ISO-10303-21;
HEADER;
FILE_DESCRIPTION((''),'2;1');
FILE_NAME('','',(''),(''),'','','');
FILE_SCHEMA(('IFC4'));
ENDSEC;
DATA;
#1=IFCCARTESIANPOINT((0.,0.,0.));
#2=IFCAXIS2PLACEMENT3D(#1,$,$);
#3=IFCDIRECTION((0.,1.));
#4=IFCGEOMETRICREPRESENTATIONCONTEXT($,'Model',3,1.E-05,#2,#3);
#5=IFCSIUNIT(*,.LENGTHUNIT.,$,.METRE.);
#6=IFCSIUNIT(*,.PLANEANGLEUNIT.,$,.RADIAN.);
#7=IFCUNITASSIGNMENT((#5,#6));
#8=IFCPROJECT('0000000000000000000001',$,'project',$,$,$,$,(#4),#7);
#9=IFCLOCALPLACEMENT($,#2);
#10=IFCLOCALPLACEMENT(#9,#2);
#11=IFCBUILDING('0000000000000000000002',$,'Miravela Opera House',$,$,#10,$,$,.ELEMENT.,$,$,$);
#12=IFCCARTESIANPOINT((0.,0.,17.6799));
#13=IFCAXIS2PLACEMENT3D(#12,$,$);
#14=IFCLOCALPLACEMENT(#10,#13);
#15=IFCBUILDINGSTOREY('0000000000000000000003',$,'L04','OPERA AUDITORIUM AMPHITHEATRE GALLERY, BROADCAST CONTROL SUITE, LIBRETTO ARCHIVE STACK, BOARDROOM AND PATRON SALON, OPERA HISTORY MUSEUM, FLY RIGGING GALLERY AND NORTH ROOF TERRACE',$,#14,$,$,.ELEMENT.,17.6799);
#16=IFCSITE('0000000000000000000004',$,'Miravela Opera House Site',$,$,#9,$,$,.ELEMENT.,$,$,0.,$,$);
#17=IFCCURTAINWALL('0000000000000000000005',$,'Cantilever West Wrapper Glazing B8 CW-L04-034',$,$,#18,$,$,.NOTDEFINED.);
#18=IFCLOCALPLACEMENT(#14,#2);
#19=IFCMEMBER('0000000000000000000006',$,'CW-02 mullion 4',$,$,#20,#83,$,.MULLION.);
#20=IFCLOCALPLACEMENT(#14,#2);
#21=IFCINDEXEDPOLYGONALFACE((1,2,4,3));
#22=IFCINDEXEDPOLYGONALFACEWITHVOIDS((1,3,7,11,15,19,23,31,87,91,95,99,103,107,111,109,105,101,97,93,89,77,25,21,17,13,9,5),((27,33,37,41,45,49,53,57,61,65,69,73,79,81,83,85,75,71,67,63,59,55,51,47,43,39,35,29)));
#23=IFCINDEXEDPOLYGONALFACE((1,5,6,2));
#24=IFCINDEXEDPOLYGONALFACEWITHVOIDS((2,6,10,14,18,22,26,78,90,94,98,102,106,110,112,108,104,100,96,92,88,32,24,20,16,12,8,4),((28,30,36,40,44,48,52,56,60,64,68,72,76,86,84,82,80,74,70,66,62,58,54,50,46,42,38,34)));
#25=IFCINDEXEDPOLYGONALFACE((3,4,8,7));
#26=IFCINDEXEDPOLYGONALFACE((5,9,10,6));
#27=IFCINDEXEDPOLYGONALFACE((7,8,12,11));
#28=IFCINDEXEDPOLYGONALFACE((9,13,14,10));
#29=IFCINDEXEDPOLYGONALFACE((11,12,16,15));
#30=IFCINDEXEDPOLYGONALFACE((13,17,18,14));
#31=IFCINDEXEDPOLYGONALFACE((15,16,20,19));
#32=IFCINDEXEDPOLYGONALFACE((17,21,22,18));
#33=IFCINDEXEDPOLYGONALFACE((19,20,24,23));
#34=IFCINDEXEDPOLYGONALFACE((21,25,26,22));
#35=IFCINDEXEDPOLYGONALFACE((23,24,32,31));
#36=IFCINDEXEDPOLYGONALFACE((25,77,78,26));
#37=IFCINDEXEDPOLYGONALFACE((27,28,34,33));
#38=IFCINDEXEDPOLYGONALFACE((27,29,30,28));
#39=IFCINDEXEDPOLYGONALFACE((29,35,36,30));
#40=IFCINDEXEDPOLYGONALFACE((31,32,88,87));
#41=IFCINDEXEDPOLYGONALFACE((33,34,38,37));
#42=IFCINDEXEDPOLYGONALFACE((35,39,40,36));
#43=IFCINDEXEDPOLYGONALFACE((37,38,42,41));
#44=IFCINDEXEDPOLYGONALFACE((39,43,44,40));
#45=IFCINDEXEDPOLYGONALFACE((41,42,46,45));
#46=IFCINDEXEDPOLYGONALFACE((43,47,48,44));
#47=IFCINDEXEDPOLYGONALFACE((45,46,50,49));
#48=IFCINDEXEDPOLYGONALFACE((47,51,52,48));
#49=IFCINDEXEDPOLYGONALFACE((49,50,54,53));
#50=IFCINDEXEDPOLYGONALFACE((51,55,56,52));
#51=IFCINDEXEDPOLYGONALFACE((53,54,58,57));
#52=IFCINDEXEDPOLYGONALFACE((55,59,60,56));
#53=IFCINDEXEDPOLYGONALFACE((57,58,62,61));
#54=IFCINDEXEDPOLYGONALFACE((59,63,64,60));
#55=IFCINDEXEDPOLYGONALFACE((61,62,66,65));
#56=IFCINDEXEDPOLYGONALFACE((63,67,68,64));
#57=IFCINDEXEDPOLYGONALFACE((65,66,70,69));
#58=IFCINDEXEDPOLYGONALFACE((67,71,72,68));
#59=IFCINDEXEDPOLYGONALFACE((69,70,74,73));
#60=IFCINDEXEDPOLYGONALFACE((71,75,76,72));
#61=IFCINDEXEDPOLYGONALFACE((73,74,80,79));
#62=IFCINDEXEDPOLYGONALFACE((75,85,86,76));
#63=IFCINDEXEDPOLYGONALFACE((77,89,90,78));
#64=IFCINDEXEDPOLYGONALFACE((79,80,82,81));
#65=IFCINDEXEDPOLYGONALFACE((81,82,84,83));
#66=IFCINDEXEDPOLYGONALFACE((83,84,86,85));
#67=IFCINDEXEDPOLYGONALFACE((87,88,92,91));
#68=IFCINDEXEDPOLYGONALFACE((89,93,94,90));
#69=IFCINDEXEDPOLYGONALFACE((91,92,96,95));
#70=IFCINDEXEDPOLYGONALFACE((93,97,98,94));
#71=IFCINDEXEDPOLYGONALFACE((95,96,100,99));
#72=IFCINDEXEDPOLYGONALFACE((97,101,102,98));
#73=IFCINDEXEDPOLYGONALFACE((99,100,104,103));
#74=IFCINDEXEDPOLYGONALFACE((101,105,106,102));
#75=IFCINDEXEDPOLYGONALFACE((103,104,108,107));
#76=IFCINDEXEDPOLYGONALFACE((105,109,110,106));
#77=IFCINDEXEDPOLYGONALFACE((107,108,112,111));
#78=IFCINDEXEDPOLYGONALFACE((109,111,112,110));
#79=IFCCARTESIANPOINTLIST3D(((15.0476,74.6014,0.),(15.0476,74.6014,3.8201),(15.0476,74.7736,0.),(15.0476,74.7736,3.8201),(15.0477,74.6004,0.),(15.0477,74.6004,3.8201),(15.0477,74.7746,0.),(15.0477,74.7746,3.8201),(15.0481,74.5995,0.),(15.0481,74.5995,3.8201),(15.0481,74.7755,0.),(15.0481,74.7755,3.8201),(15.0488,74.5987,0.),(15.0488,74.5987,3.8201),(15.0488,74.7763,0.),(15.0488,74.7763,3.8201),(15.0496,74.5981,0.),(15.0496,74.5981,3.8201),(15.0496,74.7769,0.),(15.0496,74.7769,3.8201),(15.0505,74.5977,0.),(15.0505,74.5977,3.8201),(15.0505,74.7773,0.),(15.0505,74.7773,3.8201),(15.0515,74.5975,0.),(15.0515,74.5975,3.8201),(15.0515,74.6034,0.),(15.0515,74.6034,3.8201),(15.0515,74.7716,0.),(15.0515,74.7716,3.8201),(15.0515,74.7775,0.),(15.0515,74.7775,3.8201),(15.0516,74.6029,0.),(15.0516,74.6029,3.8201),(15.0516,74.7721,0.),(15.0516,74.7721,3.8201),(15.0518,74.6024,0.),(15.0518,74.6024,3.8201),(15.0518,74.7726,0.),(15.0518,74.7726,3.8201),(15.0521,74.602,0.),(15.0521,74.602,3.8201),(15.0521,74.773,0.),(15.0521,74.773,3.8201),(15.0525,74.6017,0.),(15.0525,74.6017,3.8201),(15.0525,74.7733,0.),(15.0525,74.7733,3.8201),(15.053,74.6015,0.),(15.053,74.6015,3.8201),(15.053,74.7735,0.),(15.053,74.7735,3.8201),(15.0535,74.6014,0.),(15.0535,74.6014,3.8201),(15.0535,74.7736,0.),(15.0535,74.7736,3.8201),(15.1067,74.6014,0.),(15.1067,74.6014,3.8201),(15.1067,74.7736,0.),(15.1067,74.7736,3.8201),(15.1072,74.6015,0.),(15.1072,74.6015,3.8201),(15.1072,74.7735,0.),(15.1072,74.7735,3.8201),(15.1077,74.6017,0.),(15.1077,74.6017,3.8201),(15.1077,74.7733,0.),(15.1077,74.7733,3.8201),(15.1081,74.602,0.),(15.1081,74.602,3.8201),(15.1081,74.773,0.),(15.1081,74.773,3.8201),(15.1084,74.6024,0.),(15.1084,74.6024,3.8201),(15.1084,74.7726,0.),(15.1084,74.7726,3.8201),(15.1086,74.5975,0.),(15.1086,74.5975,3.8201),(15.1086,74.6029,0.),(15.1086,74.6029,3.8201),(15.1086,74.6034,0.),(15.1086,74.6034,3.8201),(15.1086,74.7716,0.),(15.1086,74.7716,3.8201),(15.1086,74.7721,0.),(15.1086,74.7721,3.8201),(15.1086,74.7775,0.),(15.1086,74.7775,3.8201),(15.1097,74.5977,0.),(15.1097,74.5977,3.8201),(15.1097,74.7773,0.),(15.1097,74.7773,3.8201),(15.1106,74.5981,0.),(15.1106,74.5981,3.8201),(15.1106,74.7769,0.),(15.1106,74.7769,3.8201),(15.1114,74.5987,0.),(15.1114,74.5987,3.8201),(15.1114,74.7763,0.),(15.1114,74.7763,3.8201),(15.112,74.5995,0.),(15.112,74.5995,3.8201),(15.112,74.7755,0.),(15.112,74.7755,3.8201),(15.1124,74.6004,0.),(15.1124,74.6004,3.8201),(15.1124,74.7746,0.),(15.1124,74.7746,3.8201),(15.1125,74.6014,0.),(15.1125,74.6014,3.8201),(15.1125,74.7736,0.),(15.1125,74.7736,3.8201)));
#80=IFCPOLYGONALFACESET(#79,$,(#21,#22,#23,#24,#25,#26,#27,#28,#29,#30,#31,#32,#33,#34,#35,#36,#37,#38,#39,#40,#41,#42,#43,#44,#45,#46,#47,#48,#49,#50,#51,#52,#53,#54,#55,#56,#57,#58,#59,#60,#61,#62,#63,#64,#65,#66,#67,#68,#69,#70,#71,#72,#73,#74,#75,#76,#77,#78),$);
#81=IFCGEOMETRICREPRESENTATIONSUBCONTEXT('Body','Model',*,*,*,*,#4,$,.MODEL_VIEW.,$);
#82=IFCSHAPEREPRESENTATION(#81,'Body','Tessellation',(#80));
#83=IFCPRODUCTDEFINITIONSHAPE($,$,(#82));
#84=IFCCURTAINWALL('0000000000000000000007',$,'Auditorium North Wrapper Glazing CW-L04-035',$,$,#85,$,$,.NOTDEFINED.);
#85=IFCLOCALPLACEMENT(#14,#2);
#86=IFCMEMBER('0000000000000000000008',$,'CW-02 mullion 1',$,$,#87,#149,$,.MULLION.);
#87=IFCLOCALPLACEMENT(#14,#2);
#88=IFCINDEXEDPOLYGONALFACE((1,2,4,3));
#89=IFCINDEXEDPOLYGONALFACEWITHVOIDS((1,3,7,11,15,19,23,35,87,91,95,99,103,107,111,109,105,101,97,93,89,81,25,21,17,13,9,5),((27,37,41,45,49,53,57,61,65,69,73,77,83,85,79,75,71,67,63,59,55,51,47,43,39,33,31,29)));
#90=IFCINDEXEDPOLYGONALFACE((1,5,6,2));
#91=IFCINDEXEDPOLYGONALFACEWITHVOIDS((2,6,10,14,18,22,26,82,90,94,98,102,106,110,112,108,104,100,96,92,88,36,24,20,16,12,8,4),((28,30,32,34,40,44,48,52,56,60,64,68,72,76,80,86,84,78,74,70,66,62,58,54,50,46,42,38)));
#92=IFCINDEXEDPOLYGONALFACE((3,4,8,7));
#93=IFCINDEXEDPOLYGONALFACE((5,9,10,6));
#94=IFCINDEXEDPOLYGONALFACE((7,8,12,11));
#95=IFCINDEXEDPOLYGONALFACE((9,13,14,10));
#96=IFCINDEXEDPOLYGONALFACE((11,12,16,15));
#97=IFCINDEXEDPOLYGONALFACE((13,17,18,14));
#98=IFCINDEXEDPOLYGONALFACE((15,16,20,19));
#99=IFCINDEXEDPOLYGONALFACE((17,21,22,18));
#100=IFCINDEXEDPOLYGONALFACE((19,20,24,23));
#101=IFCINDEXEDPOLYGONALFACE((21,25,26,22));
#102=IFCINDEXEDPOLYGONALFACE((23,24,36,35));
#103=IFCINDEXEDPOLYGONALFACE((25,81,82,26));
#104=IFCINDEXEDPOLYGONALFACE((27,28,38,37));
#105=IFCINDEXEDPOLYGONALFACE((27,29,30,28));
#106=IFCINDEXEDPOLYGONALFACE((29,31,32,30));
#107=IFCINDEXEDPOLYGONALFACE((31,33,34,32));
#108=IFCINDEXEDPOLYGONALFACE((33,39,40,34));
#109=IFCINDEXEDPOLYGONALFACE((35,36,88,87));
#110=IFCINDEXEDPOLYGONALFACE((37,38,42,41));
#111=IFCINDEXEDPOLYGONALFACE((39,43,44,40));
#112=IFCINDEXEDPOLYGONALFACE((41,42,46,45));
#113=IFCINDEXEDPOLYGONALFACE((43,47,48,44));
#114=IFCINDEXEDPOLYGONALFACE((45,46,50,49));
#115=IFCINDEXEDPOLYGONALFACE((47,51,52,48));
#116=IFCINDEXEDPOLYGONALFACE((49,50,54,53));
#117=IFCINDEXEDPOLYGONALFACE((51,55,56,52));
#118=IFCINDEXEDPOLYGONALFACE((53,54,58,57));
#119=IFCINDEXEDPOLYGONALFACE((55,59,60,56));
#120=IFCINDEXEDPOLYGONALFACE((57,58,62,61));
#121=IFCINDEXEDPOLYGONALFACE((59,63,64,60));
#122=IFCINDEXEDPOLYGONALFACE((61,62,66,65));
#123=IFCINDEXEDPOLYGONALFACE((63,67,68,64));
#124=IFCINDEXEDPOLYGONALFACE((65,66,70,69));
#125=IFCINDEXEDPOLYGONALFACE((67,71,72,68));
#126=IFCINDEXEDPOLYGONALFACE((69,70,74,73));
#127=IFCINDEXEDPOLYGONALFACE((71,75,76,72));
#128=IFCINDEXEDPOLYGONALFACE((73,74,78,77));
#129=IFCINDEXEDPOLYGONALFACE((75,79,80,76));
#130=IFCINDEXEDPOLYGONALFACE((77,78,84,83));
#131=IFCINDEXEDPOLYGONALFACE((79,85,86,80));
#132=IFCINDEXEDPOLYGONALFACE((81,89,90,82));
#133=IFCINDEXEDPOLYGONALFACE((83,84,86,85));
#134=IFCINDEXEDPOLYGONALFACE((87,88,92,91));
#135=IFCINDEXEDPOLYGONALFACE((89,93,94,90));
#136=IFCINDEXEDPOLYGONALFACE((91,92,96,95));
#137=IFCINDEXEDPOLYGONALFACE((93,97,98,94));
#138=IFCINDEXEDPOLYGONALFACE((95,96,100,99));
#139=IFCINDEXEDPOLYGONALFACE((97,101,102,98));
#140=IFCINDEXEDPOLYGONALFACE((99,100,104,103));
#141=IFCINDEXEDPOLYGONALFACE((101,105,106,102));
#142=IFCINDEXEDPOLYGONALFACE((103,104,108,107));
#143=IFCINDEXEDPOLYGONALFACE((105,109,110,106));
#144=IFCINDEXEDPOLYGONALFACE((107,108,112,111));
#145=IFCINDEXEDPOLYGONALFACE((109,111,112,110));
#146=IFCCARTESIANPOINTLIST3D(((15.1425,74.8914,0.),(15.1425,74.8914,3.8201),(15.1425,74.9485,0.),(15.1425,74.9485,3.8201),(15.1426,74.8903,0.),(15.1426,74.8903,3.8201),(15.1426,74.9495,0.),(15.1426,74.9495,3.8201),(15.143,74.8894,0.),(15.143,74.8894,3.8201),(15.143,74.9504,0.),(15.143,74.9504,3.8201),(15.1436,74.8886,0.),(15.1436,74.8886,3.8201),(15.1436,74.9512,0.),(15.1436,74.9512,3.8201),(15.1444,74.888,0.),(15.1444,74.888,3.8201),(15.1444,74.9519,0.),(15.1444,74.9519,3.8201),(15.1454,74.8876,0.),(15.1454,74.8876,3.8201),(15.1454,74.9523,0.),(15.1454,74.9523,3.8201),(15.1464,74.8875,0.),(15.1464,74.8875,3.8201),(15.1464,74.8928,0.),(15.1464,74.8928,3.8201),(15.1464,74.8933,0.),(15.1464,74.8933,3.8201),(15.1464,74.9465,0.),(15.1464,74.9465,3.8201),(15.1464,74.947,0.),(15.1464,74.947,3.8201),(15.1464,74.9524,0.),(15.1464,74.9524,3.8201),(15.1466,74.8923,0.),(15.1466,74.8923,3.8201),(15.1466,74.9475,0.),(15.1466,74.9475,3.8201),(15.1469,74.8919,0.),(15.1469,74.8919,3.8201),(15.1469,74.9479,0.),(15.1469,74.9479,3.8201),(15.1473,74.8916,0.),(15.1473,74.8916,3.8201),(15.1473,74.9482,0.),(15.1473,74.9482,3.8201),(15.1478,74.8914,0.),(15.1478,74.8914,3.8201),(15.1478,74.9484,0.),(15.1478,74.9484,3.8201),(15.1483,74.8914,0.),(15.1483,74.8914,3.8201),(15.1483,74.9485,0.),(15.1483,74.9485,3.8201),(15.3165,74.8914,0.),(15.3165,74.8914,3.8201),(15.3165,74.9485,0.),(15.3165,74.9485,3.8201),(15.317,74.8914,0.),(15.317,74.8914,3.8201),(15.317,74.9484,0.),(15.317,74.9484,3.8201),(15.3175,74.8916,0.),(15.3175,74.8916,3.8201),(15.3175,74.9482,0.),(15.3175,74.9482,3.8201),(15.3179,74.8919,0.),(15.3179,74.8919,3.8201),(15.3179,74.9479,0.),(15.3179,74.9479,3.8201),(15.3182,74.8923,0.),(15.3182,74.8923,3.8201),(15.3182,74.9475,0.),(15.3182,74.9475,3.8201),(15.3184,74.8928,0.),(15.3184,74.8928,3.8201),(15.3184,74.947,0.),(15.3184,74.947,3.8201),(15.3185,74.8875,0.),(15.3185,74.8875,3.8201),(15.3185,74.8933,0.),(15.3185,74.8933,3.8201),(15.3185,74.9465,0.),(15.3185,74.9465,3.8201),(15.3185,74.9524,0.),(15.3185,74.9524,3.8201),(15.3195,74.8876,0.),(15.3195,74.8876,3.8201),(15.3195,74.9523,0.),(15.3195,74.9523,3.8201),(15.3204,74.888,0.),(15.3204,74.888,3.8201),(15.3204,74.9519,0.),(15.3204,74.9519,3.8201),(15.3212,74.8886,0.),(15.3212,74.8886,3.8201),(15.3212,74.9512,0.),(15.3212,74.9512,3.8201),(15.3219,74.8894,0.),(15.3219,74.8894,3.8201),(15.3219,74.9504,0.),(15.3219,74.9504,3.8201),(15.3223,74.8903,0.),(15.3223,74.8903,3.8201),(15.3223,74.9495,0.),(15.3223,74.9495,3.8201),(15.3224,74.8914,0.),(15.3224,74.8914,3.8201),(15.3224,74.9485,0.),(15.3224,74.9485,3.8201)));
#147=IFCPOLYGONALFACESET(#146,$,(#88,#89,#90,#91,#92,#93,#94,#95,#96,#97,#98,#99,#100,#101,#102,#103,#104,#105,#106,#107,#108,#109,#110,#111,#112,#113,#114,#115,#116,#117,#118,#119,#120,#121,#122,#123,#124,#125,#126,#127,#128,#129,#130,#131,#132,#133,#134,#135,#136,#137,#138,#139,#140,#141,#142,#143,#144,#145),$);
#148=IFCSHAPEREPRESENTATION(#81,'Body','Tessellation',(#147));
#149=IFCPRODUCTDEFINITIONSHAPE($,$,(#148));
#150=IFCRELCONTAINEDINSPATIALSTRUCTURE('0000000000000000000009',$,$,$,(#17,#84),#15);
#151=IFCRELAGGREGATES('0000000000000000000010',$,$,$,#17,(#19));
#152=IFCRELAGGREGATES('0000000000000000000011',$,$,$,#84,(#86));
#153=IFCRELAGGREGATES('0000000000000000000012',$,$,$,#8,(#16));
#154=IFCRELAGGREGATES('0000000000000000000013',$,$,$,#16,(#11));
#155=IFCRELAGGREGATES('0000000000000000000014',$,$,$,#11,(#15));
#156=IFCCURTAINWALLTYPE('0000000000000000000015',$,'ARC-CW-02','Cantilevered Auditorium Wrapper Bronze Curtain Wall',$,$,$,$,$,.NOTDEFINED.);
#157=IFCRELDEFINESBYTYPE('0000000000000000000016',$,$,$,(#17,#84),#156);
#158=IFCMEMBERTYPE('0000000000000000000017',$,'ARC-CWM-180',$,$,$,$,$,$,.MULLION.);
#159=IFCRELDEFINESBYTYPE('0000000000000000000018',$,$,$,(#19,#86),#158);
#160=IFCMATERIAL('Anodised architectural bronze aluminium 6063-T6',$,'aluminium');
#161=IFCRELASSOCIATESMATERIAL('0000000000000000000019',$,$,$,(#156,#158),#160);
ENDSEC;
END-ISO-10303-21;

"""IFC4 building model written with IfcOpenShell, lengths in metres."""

from ifc_helpers import new_model, si_unit, direction, frame, origin, origin_2d, place, context, subcontext, project, spatial, hollow_rectangle, extrude, material, material_profile, profile_set, type_object, element, aggregate, save


model = new_model("IFC4")

# Units and contexts
model_context = context("Model", 3, precision=1e-05, world=origin(), true_north=direction((0.0, 1.0)))
body_context = subcontext(model_context, "Body", "Model", "MODEL_VIEW")
ifc_project = project(units=[si_unit("LENGTHUNIT", "METRE"), si_unit("PLANEANGLEUNIT", "RADIAN")], contexts=[model_context])

# Site, building, storey
site_placement = place(None, origin())
site = spatial("IfcSite", under=ifc_project, at=site_placement, Name="Miravela Opera House Site", CompositionType="ELEMENT", RefElevation=0.0)
building_placement = place(site_placement, origin())
building = spatial("IfcBuilding", under=site, at=building_placement, Name="Miravela Opera House", CompositionType="ELEMENT")
storey_placement = place(building_placement, frame((0.0, 0.0, 17.6799)))
storey = spatial("IfcBuildingStorey", under=building, at=storey_placement, Name="L04", Description="OPERA AUDITORIUM AMPHITHEATRE GALLERY, BROADCAST CONTROL SUITE, LIBRETTO ARCHIVE STACK, BOARDROOM AND PATRON SALON, OPERA HISTORY MUSEUM, FLY RIGGING GALLERY AND NORTH ROOF TERRACE", CompositionType="ELEMENT", Elevation=17.6799)

# Curtain wall, member
ifc_material_1 = material(Name="Anodised architectural bronze aluminium 6063-T6", Category="aluminium")
curtain_wall_type = type_object("IfcCurtainWallType", Name="ARC-CW-02", Description="Cantilevered Auditorium Wrapper Bronze Curtain Wall", PredefinedType="NOTDEFINED", material=ifc_material_1)
curtain_wall_1_placement = place(storey_placement, origin())
curtain_wall_1 = element("IfcCurtainWall", 1, at=curtain_wall_1_placement, inside=storey, type_object=curtain_wall_type, Name="Cantilever West Wrapper Glazing B8 CW-L04-034", PredefinedType="NOTDEFINED")
ifc_material_profile_1 = material_profile(ifc_material_1, hollow_rectangle(XDim=0.0649, YDim=0.1799, WallThickness=0.0039, InnerFilletRadius=0.002, OuterFilletRadius=0.0039, at=origin_2d()), Name="CWM-65X180")
ifc_profile_set_1 = profile_set([ifc_material_profile_1])
member_type_1 = type_object("IfcMemberType", Name="ARC-CWM-180", PredefinedType="MULLION", material=ifc_profile_set_1)
member_1_placement = place(storey_placement, frame((15.0801, 74.6875, 0.0), z_axis=(0.0, 0.0, 1.0), x_axis=(-1.0, 0.0, 0.0)))
member_1 = element("IfcMember", 2, at=member_1_placement, type_object=member_type_1, Name="CW-02 mullion 4", PredefinedType="MULLION", context=body_context, shape_type="SweptSolid", body=[
    extrude(hollow_rectangle(XDim=0.0649, YDim=0.1799, WallThickness=0.0039, InnerFilletRadius=0.002, OuterFilletRadius=0.0039, at=origin_2d()), origin(), (0.0, 0.0, 1.0), 3.8201),
])

# Curtain wall, member
curtain_wall_2_placement = place(storey_placement, origin())
curtain_wall_2 = element("IfcCurtainWall", 3, at=curtain_wall_2_placement, inside=storey, type_object=curtain_wall_type, Name="Auditorium North Wrapper Glazing CW-L04-035", PredefinedType="NOTDEFINED")
member_2_placement = place(storey_placement, frame((15.2324, 74.9199, 0.0), z_axis=(0.0, 0.0, 1.0), x_axis=(0.0, 1.0, 0.0)))
member_2 = element("IfcMember", 4, at=member_2_placement, type_object=member_type_1, Name="CW-02 mullion 1", PredefinedType="MULLION", context=body_context, shape_type="SweptSolid", body=[
    extrude(hollow_rectangle(XDim=0.0649, YDim=0.1799, WallThickness=0.0039, InnerFilletRadius=0.002, OuterFilletRadius=0.0039, at=origin_2d()), origin(), (0.0, 0.0, 1.0), 3.8201),
])

aggregate(curtain_wall_1, [member_1])
aggregate(curtain_wall_2, [member_2])

save(model, "model.ifc")
